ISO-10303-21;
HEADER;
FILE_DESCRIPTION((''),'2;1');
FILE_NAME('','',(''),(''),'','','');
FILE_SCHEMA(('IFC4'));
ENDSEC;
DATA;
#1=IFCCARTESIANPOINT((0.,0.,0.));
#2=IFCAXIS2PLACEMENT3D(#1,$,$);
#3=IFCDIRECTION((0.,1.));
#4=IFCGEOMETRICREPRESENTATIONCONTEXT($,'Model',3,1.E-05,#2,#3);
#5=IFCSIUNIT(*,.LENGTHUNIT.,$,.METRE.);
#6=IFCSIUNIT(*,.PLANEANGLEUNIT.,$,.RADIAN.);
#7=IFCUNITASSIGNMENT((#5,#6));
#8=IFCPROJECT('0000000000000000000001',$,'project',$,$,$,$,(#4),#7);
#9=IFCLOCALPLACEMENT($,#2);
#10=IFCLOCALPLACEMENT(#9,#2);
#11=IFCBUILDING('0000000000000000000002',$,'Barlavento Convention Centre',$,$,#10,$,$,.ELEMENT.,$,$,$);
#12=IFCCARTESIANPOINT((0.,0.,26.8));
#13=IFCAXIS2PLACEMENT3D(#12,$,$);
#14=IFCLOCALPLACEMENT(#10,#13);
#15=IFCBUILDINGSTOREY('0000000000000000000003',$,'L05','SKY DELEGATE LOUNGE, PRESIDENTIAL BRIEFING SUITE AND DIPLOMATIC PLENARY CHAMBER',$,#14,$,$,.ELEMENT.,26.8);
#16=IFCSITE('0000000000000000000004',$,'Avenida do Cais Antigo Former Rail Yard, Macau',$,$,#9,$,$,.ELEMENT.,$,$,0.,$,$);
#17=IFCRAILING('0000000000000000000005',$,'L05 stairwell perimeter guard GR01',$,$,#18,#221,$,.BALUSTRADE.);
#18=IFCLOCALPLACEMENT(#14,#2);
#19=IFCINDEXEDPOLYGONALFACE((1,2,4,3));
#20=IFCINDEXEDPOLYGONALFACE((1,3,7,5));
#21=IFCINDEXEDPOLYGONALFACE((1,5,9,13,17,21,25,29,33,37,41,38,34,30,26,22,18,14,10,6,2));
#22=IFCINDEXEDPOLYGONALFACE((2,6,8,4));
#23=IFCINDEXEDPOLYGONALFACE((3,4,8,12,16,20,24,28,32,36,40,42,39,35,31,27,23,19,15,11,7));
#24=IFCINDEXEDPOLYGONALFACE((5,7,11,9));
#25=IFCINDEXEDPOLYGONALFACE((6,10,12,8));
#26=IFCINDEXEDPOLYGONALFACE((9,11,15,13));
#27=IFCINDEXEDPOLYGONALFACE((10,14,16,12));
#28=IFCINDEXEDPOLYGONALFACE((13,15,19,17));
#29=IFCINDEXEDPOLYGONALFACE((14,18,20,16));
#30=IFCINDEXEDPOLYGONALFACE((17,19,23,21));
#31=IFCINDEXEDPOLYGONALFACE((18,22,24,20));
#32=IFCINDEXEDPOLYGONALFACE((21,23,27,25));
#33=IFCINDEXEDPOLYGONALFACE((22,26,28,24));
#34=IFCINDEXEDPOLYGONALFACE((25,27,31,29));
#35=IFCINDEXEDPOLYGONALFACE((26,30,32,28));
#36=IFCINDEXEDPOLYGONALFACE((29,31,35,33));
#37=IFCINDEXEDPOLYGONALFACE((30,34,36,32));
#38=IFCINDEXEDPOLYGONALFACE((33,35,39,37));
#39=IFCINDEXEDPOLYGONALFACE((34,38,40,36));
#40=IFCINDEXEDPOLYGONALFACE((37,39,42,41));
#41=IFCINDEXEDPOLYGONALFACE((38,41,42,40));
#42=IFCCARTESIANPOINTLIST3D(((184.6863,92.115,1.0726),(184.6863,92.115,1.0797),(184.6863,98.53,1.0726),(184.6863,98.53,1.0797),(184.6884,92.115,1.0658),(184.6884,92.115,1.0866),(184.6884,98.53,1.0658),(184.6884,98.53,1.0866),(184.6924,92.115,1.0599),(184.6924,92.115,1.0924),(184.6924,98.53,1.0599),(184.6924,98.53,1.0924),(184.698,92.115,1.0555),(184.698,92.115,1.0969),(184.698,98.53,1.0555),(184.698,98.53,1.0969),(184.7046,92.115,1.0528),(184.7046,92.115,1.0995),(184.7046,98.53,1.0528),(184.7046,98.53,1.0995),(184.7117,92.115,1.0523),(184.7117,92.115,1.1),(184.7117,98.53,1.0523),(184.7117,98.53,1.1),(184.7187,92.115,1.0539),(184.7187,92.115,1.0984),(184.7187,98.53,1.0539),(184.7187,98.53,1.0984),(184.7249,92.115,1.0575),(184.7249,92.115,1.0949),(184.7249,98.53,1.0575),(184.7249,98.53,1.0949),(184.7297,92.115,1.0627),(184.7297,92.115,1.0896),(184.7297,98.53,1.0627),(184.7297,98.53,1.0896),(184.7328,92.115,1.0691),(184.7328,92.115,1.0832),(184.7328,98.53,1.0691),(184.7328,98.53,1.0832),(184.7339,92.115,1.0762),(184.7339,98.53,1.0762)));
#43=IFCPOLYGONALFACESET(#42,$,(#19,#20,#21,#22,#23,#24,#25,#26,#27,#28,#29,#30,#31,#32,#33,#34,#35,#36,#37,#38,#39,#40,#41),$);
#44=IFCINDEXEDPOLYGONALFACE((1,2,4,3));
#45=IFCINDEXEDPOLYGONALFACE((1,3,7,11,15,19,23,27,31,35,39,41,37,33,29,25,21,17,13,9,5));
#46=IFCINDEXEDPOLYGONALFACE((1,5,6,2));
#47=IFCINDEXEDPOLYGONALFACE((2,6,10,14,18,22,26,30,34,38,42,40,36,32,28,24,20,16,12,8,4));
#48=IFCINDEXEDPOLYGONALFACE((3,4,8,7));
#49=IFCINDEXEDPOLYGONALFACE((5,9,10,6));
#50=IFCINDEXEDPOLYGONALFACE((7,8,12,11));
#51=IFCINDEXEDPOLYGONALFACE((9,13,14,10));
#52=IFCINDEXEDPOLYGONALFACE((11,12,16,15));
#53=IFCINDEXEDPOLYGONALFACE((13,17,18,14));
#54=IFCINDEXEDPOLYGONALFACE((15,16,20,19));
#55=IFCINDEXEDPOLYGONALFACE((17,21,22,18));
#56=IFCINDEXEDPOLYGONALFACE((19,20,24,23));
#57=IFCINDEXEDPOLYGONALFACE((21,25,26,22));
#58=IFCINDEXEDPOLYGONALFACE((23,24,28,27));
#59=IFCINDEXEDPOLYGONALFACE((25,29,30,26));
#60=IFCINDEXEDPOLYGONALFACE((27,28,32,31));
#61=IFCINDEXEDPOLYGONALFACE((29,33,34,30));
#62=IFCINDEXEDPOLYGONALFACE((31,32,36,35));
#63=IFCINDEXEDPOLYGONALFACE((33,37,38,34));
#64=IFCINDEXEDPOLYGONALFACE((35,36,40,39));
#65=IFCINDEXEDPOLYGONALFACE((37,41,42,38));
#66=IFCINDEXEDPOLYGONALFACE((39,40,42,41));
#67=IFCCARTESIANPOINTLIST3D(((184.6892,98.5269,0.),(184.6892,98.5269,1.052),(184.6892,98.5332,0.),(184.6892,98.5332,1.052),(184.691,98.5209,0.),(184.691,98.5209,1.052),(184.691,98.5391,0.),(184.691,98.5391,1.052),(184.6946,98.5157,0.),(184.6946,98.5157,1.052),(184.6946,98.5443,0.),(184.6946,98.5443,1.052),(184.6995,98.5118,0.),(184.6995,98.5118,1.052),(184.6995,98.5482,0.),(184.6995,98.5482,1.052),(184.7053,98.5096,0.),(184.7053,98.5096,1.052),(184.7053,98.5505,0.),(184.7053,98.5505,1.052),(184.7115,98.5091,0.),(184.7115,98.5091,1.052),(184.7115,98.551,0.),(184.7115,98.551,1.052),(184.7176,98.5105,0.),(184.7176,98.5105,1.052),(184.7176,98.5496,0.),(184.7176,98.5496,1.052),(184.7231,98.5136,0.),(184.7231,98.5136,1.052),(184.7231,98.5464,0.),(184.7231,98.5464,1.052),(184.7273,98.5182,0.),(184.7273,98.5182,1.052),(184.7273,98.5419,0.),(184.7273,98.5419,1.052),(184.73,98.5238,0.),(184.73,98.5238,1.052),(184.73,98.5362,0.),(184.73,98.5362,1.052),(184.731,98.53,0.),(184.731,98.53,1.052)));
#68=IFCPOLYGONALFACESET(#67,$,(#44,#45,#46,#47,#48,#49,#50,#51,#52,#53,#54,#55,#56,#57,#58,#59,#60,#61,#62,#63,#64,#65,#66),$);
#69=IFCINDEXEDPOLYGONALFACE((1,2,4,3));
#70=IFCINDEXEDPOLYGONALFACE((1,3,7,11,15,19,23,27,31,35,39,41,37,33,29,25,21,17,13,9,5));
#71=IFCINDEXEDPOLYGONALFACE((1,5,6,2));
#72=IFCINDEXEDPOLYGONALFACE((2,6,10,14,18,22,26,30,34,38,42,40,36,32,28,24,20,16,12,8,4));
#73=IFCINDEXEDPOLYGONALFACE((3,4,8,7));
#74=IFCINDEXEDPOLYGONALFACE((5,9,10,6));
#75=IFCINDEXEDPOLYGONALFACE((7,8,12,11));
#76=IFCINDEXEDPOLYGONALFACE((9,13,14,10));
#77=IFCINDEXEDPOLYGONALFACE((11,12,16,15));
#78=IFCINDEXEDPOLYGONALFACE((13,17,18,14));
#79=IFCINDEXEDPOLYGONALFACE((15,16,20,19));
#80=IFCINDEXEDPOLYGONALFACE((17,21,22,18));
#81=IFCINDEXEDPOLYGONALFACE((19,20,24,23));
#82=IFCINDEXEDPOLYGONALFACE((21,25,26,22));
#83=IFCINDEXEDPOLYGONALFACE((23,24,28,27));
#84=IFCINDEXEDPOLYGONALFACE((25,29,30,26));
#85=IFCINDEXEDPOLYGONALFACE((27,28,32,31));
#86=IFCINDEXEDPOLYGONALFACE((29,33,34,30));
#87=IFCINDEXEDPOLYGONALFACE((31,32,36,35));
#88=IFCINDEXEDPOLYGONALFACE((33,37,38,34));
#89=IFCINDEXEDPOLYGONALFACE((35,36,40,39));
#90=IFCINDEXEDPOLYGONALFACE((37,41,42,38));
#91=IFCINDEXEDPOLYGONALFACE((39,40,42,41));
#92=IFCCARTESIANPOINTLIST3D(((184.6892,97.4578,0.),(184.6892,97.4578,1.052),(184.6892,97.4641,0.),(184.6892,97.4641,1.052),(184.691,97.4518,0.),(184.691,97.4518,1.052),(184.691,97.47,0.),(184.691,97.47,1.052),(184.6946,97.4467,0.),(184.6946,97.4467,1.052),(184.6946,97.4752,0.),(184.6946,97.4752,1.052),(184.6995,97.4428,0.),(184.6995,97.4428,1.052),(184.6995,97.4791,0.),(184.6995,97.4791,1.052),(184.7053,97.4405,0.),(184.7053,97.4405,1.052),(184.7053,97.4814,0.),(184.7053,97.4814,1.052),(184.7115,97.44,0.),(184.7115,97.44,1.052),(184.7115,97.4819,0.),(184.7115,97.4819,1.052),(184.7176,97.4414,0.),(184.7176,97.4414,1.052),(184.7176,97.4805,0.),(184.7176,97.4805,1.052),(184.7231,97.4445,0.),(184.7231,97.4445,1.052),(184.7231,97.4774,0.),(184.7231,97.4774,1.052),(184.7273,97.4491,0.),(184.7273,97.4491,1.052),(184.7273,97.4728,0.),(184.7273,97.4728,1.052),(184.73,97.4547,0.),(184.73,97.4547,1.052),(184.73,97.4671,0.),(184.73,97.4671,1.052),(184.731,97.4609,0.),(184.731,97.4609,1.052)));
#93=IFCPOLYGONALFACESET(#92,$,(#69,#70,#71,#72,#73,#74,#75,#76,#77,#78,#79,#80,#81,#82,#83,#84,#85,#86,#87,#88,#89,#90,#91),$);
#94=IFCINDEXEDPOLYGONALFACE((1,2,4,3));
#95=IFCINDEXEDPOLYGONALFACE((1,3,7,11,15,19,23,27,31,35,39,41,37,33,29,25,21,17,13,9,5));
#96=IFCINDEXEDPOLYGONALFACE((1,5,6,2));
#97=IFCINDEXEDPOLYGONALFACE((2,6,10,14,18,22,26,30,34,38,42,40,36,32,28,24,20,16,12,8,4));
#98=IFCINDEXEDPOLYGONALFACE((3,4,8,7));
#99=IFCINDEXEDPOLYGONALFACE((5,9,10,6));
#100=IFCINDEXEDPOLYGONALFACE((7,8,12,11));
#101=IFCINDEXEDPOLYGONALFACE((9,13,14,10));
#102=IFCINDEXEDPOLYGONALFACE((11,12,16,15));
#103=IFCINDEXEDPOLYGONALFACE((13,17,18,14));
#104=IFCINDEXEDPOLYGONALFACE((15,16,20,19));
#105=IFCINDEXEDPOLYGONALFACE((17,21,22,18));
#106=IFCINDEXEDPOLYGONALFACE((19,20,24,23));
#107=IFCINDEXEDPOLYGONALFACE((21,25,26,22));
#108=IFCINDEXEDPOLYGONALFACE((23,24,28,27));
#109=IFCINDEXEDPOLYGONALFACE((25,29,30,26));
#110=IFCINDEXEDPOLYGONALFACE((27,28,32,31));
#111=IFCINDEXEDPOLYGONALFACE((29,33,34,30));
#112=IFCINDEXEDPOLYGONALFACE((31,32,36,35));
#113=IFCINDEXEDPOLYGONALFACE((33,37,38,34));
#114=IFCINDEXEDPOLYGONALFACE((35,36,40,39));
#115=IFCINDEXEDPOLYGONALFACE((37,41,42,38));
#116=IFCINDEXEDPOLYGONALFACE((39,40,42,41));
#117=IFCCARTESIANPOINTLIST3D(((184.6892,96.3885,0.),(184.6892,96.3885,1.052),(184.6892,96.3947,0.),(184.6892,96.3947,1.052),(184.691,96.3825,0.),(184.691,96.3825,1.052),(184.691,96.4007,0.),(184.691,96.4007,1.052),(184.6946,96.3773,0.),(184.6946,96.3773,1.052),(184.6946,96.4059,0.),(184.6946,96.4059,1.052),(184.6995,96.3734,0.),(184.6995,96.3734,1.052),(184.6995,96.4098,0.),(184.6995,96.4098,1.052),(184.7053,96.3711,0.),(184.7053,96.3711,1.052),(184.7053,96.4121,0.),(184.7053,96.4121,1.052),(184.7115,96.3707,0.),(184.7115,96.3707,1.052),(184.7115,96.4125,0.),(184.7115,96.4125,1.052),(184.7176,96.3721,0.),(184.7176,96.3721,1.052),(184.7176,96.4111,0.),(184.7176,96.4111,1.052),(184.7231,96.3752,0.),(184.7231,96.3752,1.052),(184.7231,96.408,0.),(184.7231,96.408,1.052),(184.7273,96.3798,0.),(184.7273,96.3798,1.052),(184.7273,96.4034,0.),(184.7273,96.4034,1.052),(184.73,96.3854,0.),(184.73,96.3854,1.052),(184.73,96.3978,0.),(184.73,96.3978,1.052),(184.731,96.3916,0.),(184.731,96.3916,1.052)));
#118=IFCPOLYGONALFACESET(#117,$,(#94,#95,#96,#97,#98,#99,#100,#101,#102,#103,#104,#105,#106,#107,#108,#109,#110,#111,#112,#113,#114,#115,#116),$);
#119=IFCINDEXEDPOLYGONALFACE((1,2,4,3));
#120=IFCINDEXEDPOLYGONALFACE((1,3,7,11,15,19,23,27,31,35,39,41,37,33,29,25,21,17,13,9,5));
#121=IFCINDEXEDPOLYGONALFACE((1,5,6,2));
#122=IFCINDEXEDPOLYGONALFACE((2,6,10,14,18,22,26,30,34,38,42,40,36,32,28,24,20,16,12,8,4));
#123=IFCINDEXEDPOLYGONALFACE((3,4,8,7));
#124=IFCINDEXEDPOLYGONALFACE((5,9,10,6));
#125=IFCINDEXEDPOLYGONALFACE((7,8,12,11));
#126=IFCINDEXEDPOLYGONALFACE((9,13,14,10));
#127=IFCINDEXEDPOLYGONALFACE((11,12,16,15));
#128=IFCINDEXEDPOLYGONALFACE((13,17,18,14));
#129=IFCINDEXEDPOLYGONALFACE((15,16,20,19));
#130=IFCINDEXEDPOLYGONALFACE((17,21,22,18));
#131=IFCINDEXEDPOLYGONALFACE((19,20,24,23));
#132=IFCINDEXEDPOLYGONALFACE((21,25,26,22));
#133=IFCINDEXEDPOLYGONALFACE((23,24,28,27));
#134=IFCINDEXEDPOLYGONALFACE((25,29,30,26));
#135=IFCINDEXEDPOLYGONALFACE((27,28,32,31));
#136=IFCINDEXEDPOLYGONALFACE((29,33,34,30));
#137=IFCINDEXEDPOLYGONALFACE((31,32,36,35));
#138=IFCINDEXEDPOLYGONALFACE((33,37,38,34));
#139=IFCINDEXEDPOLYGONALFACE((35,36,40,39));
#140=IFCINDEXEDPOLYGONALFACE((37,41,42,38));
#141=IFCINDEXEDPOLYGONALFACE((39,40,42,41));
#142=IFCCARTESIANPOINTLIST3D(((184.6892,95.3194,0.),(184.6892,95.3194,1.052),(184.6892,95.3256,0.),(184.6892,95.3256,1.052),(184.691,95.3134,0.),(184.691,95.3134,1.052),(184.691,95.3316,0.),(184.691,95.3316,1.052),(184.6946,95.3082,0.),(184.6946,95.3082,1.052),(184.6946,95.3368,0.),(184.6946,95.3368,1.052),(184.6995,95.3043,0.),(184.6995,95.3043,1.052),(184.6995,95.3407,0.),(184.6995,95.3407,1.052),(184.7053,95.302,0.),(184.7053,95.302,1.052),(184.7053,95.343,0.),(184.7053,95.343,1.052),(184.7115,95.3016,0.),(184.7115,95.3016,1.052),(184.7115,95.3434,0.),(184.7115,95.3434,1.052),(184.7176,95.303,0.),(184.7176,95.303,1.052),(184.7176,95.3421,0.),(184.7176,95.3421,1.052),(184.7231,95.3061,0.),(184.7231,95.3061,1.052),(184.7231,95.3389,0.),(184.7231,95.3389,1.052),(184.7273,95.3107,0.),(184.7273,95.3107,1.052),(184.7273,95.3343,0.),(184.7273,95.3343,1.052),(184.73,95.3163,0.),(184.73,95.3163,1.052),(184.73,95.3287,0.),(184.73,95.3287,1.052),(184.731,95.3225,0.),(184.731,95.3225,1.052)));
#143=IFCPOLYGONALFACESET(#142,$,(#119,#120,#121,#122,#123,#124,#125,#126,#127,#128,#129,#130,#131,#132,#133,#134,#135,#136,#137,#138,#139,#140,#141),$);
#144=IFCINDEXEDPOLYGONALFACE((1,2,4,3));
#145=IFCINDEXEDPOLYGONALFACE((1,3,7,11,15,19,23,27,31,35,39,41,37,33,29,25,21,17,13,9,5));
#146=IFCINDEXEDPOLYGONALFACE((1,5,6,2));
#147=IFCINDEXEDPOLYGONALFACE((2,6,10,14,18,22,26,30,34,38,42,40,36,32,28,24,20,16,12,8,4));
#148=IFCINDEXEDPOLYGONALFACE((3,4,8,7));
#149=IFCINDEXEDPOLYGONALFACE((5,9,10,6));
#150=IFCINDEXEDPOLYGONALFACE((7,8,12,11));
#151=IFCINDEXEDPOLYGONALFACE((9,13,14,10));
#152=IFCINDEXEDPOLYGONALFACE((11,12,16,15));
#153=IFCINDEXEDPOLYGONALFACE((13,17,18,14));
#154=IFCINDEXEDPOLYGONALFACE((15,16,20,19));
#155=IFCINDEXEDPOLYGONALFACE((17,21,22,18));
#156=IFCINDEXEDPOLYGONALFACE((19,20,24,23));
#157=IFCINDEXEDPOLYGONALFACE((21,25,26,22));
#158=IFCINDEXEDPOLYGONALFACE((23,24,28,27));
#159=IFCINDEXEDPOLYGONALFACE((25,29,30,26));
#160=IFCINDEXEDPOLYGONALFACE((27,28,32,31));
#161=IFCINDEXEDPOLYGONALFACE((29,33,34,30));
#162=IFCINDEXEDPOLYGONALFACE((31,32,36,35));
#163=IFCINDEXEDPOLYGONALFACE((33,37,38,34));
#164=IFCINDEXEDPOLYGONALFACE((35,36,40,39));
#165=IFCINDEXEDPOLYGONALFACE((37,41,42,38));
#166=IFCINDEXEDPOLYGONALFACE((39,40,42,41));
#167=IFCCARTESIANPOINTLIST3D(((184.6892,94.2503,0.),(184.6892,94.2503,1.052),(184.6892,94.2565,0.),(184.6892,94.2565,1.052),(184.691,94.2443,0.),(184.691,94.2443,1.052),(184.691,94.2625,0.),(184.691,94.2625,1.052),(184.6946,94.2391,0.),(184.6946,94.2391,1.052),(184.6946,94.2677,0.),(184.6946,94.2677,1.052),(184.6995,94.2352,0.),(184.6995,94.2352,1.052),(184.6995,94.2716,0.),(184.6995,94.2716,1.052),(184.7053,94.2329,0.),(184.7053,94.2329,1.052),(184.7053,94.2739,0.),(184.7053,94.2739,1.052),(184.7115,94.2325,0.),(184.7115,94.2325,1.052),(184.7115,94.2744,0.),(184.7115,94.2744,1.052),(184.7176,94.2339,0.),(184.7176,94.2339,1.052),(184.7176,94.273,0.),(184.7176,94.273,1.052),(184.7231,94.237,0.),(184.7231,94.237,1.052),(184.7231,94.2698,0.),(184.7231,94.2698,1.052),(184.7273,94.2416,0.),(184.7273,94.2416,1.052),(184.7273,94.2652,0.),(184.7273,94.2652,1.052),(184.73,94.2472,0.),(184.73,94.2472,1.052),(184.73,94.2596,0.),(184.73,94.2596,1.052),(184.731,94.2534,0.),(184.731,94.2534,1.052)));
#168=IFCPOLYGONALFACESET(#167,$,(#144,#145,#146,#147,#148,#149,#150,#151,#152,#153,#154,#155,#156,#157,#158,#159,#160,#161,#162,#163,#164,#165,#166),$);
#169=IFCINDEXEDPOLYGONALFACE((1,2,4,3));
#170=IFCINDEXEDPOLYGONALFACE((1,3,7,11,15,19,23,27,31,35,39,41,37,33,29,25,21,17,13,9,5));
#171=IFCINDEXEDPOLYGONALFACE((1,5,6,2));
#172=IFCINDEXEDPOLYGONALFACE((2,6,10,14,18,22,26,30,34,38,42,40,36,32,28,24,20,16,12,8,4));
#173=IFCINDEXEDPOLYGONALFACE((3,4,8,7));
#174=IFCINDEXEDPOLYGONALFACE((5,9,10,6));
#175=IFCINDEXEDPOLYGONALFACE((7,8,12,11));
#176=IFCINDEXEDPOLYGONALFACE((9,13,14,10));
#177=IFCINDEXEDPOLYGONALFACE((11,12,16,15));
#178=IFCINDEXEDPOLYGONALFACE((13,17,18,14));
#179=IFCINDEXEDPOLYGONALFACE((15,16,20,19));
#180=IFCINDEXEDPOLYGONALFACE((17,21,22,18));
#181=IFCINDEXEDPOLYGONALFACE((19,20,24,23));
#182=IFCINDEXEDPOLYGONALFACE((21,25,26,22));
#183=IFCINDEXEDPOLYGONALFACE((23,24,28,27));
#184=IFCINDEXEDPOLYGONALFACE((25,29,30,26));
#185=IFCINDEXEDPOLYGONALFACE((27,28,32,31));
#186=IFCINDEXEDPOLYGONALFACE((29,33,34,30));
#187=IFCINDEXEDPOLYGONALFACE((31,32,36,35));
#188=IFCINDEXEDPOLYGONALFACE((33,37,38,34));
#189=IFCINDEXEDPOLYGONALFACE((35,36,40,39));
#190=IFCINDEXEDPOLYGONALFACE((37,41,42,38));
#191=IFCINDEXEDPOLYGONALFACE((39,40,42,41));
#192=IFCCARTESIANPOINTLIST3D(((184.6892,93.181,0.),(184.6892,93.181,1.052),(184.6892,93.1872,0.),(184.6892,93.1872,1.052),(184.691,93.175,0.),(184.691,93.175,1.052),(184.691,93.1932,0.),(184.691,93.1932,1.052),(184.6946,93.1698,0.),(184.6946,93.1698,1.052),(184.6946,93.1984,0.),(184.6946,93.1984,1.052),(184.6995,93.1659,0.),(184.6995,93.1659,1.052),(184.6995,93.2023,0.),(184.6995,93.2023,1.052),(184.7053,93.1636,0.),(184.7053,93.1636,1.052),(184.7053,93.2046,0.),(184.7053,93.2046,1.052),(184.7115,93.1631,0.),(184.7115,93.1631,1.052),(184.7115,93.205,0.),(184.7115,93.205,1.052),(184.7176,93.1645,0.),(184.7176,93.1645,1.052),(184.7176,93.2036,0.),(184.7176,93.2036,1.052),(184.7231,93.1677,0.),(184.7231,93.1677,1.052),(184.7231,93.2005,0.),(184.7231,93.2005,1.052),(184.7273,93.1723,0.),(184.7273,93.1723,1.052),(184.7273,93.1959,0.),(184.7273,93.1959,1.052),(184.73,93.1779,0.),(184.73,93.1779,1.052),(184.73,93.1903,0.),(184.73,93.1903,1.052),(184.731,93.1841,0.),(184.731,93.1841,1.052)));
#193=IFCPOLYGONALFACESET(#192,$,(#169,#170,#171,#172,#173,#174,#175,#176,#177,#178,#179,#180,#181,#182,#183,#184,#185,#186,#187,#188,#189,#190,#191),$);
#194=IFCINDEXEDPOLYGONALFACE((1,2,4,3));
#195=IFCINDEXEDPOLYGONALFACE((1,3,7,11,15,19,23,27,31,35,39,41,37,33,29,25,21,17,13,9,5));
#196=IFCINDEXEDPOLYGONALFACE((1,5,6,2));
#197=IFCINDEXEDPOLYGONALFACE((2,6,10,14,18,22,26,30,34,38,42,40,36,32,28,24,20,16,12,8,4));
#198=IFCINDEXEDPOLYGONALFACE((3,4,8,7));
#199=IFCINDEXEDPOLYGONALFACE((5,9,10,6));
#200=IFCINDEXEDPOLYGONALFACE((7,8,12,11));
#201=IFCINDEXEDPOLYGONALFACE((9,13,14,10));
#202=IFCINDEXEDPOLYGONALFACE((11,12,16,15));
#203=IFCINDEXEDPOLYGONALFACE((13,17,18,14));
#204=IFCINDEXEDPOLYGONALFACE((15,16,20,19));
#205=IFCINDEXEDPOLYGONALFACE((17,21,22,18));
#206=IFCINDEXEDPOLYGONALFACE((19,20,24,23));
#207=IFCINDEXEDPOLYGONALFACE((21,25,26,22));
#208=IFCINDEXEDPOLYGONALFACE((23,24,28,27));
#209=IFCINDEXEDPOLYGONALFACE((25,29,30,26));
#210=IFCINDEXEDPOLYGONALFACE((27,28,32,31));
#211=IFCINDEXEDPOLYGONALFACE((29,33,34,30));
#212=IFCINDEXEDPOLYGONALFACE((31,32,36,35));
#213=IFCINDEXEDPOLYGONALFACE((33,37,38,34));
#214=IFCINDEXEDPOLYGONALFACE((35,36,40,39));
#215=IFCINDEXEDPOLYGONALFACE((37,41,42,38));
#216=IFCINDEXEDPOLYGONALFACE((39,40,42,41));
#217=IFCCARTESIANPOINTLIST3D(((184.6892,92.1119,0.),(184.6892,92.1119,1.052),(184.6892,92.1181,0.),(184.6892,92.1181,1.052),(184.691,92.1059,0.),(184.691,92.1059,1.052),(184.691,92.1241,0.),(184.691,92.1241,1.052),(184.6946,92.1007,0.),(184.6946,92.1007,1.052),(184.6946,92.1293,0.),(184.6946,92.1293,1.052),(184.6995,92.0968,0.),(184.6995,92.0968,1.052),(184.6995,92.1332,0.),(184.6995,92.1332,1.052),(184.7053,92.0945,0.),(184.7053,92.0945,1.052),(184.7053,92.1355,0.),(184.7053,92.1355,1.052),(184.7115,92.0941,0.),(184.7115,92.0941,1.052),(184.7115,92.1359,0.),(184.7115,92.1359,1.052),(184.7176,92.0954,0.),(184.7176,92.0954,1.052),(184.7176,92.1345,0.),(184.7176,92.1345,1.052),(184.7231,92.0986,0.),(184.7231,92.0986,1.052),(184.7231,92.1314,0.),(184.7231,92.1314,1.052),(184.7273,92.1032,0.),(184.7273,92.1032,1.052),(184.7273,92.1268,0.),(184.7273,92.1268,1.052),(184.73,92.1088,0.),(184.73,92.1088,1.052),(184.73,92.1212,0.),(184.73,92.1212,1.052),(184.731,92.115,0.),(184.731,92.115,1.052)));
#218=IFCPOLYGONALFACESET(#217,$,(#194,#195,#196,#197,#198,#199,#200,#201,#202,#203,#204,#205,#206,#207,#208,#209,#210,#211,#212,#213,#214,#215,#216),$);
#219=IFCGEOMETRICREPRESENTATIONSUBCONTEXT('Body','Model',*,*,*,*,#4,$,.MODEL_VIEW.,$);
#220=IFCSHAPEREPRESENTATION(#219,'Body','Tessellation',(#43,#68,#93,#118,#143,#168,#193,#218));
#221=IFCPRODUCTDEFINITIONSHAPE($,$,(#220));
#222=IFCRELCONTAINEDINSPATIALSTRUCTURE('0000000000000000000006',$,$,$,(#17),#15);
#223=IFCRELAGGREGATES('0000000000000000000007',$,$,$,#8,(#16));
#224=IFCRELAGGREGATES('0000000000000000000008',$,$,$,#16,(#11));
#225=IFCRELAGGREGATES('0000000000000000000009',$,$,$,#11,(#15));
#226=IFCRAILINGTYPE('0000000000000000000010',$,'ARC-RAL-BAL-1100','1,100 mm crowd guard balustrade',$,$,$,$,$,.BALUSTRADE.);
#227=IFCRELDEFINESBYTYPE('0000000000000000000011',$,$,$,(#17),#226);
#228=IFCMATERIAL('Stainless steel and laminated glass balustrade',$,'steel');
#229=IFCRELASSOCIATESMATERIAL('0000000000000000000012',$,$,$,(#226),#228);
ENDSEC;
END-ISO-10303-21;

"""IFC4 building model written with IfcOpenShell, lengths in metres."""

from ifc_helpers import new_model, si_unit, direction, frame, origin, origin_2d, place, context, subcontext, project, spatial, circle, extrude, material, type_object, element, save


model = new_model("IFC4")

# Units and contexts
model_context = context("Model", 3, precision=1e-05, world=origin(), true_north=direction((0.0, 1.0)))
body_context = subcontext(model_context, "Body", "Model", "MODEL_VIEW")
ifc_project = project(units=[si_unit("LENGTHUNIT", "METRE"), si_unit("PLANEANGLEUNIT", "RADIAN")], contexts=[model_context])

# Site, building, storey
site_placement = place(None, origin())
site = spatial("IfcSite", under=ifc_project, at=site_placement, Name="Avenida do Cais Antigo Former Rail Yard, Macau", CompositionType="ELEMENT", RefElevation=0.0)
building_placement = place(site_placement, origin())
building = spatial("IfcBuilding", under=site, at=building_placement, Name="Barlavento Convention Centre", CompositionType="ELEMENT")
storey_placement = place(building_placement, frame((0.0, 0.0, 26.8)))
storey = spatial("IfcBuildingStorey", under=building, at=storey_placement, Name="L05", Description="SKY DELEGATE LOUNGE, PRESIDENTIAL BRIEFING SUITE AND DIPLOMATIC PLENARY CHAMBER", CompositionType="ELEMENT", Elevation=26.8)

# Railing
ifc_material_1 = material(Name="Stainless steel and laminated glass balustrade", Category="steel")
railing_type = type_object("IfcRailingType", Name="ARC-RAL-BAL-1100", Description="1,100 mm crowd guard balustrade", PredefinedType="BALUSTRADE", material=ifc_material_1)
railing_1_placement = place(storey_placement, frame((184.71, 98.53, 0.0)))
element("IfcRailing", 1, at=railing_1_placement, inside=storey, type_object=railing_type, Name="L05 stairwell perimeter guard GR01", PredefinedType="BALUSTRADE", context=body_context, shape_type="SweptSolid", body=[
    extrude(circle(Radius=0.0239, at=origin_2d()), frame((0.0, 0.0, 1.0762), z_axis=(0.0, -1.0, 0.0), x_axis=(1.0, 0.0, 0.0)), (0.0, 0.0, 1.0), 6.415),
    extrude(circle(Radius=0.021, at=origin_2d()), origin(), (0.0, 0.0, 1.0), 1.052),
    extrude(circle(Radius=0.021, at=origin_2d()), frame((0.0, -1.0691, 0.0)), (0.0, 0.0, 1.0), 1.052),
    extrude(circle(Radius=0.021, at=origin_2d()), frame((0.0, -2.1384, 0.0)), (0.0, 0.0, 1.0), 1.052),
    extrude(circle(Radius=0.021, at=origin_2d()), frame((0.0, -3.2075, 0.0)), (0.0, 0.0, 1.0), 1.052),
    extrude(circle(Radius=0.021, at=origin_2d()), frame((0.0, -4.2766, 0.0)), (0.0, 0.0, 1.0), 1.052),
    extrude(circle(Radius=0.021, at=origin_2d()), frame((0.0, -5.3459, 0.0)), (0.0, 0.0, 1.0), 1.052),
    extrude(circle(Radius=0.021, at=origin_2d()), frame((0.0, -6.415, 0.0)), (0.0, 0.0, 1.0), 1.052),
])

save(model, "model.ifc")
